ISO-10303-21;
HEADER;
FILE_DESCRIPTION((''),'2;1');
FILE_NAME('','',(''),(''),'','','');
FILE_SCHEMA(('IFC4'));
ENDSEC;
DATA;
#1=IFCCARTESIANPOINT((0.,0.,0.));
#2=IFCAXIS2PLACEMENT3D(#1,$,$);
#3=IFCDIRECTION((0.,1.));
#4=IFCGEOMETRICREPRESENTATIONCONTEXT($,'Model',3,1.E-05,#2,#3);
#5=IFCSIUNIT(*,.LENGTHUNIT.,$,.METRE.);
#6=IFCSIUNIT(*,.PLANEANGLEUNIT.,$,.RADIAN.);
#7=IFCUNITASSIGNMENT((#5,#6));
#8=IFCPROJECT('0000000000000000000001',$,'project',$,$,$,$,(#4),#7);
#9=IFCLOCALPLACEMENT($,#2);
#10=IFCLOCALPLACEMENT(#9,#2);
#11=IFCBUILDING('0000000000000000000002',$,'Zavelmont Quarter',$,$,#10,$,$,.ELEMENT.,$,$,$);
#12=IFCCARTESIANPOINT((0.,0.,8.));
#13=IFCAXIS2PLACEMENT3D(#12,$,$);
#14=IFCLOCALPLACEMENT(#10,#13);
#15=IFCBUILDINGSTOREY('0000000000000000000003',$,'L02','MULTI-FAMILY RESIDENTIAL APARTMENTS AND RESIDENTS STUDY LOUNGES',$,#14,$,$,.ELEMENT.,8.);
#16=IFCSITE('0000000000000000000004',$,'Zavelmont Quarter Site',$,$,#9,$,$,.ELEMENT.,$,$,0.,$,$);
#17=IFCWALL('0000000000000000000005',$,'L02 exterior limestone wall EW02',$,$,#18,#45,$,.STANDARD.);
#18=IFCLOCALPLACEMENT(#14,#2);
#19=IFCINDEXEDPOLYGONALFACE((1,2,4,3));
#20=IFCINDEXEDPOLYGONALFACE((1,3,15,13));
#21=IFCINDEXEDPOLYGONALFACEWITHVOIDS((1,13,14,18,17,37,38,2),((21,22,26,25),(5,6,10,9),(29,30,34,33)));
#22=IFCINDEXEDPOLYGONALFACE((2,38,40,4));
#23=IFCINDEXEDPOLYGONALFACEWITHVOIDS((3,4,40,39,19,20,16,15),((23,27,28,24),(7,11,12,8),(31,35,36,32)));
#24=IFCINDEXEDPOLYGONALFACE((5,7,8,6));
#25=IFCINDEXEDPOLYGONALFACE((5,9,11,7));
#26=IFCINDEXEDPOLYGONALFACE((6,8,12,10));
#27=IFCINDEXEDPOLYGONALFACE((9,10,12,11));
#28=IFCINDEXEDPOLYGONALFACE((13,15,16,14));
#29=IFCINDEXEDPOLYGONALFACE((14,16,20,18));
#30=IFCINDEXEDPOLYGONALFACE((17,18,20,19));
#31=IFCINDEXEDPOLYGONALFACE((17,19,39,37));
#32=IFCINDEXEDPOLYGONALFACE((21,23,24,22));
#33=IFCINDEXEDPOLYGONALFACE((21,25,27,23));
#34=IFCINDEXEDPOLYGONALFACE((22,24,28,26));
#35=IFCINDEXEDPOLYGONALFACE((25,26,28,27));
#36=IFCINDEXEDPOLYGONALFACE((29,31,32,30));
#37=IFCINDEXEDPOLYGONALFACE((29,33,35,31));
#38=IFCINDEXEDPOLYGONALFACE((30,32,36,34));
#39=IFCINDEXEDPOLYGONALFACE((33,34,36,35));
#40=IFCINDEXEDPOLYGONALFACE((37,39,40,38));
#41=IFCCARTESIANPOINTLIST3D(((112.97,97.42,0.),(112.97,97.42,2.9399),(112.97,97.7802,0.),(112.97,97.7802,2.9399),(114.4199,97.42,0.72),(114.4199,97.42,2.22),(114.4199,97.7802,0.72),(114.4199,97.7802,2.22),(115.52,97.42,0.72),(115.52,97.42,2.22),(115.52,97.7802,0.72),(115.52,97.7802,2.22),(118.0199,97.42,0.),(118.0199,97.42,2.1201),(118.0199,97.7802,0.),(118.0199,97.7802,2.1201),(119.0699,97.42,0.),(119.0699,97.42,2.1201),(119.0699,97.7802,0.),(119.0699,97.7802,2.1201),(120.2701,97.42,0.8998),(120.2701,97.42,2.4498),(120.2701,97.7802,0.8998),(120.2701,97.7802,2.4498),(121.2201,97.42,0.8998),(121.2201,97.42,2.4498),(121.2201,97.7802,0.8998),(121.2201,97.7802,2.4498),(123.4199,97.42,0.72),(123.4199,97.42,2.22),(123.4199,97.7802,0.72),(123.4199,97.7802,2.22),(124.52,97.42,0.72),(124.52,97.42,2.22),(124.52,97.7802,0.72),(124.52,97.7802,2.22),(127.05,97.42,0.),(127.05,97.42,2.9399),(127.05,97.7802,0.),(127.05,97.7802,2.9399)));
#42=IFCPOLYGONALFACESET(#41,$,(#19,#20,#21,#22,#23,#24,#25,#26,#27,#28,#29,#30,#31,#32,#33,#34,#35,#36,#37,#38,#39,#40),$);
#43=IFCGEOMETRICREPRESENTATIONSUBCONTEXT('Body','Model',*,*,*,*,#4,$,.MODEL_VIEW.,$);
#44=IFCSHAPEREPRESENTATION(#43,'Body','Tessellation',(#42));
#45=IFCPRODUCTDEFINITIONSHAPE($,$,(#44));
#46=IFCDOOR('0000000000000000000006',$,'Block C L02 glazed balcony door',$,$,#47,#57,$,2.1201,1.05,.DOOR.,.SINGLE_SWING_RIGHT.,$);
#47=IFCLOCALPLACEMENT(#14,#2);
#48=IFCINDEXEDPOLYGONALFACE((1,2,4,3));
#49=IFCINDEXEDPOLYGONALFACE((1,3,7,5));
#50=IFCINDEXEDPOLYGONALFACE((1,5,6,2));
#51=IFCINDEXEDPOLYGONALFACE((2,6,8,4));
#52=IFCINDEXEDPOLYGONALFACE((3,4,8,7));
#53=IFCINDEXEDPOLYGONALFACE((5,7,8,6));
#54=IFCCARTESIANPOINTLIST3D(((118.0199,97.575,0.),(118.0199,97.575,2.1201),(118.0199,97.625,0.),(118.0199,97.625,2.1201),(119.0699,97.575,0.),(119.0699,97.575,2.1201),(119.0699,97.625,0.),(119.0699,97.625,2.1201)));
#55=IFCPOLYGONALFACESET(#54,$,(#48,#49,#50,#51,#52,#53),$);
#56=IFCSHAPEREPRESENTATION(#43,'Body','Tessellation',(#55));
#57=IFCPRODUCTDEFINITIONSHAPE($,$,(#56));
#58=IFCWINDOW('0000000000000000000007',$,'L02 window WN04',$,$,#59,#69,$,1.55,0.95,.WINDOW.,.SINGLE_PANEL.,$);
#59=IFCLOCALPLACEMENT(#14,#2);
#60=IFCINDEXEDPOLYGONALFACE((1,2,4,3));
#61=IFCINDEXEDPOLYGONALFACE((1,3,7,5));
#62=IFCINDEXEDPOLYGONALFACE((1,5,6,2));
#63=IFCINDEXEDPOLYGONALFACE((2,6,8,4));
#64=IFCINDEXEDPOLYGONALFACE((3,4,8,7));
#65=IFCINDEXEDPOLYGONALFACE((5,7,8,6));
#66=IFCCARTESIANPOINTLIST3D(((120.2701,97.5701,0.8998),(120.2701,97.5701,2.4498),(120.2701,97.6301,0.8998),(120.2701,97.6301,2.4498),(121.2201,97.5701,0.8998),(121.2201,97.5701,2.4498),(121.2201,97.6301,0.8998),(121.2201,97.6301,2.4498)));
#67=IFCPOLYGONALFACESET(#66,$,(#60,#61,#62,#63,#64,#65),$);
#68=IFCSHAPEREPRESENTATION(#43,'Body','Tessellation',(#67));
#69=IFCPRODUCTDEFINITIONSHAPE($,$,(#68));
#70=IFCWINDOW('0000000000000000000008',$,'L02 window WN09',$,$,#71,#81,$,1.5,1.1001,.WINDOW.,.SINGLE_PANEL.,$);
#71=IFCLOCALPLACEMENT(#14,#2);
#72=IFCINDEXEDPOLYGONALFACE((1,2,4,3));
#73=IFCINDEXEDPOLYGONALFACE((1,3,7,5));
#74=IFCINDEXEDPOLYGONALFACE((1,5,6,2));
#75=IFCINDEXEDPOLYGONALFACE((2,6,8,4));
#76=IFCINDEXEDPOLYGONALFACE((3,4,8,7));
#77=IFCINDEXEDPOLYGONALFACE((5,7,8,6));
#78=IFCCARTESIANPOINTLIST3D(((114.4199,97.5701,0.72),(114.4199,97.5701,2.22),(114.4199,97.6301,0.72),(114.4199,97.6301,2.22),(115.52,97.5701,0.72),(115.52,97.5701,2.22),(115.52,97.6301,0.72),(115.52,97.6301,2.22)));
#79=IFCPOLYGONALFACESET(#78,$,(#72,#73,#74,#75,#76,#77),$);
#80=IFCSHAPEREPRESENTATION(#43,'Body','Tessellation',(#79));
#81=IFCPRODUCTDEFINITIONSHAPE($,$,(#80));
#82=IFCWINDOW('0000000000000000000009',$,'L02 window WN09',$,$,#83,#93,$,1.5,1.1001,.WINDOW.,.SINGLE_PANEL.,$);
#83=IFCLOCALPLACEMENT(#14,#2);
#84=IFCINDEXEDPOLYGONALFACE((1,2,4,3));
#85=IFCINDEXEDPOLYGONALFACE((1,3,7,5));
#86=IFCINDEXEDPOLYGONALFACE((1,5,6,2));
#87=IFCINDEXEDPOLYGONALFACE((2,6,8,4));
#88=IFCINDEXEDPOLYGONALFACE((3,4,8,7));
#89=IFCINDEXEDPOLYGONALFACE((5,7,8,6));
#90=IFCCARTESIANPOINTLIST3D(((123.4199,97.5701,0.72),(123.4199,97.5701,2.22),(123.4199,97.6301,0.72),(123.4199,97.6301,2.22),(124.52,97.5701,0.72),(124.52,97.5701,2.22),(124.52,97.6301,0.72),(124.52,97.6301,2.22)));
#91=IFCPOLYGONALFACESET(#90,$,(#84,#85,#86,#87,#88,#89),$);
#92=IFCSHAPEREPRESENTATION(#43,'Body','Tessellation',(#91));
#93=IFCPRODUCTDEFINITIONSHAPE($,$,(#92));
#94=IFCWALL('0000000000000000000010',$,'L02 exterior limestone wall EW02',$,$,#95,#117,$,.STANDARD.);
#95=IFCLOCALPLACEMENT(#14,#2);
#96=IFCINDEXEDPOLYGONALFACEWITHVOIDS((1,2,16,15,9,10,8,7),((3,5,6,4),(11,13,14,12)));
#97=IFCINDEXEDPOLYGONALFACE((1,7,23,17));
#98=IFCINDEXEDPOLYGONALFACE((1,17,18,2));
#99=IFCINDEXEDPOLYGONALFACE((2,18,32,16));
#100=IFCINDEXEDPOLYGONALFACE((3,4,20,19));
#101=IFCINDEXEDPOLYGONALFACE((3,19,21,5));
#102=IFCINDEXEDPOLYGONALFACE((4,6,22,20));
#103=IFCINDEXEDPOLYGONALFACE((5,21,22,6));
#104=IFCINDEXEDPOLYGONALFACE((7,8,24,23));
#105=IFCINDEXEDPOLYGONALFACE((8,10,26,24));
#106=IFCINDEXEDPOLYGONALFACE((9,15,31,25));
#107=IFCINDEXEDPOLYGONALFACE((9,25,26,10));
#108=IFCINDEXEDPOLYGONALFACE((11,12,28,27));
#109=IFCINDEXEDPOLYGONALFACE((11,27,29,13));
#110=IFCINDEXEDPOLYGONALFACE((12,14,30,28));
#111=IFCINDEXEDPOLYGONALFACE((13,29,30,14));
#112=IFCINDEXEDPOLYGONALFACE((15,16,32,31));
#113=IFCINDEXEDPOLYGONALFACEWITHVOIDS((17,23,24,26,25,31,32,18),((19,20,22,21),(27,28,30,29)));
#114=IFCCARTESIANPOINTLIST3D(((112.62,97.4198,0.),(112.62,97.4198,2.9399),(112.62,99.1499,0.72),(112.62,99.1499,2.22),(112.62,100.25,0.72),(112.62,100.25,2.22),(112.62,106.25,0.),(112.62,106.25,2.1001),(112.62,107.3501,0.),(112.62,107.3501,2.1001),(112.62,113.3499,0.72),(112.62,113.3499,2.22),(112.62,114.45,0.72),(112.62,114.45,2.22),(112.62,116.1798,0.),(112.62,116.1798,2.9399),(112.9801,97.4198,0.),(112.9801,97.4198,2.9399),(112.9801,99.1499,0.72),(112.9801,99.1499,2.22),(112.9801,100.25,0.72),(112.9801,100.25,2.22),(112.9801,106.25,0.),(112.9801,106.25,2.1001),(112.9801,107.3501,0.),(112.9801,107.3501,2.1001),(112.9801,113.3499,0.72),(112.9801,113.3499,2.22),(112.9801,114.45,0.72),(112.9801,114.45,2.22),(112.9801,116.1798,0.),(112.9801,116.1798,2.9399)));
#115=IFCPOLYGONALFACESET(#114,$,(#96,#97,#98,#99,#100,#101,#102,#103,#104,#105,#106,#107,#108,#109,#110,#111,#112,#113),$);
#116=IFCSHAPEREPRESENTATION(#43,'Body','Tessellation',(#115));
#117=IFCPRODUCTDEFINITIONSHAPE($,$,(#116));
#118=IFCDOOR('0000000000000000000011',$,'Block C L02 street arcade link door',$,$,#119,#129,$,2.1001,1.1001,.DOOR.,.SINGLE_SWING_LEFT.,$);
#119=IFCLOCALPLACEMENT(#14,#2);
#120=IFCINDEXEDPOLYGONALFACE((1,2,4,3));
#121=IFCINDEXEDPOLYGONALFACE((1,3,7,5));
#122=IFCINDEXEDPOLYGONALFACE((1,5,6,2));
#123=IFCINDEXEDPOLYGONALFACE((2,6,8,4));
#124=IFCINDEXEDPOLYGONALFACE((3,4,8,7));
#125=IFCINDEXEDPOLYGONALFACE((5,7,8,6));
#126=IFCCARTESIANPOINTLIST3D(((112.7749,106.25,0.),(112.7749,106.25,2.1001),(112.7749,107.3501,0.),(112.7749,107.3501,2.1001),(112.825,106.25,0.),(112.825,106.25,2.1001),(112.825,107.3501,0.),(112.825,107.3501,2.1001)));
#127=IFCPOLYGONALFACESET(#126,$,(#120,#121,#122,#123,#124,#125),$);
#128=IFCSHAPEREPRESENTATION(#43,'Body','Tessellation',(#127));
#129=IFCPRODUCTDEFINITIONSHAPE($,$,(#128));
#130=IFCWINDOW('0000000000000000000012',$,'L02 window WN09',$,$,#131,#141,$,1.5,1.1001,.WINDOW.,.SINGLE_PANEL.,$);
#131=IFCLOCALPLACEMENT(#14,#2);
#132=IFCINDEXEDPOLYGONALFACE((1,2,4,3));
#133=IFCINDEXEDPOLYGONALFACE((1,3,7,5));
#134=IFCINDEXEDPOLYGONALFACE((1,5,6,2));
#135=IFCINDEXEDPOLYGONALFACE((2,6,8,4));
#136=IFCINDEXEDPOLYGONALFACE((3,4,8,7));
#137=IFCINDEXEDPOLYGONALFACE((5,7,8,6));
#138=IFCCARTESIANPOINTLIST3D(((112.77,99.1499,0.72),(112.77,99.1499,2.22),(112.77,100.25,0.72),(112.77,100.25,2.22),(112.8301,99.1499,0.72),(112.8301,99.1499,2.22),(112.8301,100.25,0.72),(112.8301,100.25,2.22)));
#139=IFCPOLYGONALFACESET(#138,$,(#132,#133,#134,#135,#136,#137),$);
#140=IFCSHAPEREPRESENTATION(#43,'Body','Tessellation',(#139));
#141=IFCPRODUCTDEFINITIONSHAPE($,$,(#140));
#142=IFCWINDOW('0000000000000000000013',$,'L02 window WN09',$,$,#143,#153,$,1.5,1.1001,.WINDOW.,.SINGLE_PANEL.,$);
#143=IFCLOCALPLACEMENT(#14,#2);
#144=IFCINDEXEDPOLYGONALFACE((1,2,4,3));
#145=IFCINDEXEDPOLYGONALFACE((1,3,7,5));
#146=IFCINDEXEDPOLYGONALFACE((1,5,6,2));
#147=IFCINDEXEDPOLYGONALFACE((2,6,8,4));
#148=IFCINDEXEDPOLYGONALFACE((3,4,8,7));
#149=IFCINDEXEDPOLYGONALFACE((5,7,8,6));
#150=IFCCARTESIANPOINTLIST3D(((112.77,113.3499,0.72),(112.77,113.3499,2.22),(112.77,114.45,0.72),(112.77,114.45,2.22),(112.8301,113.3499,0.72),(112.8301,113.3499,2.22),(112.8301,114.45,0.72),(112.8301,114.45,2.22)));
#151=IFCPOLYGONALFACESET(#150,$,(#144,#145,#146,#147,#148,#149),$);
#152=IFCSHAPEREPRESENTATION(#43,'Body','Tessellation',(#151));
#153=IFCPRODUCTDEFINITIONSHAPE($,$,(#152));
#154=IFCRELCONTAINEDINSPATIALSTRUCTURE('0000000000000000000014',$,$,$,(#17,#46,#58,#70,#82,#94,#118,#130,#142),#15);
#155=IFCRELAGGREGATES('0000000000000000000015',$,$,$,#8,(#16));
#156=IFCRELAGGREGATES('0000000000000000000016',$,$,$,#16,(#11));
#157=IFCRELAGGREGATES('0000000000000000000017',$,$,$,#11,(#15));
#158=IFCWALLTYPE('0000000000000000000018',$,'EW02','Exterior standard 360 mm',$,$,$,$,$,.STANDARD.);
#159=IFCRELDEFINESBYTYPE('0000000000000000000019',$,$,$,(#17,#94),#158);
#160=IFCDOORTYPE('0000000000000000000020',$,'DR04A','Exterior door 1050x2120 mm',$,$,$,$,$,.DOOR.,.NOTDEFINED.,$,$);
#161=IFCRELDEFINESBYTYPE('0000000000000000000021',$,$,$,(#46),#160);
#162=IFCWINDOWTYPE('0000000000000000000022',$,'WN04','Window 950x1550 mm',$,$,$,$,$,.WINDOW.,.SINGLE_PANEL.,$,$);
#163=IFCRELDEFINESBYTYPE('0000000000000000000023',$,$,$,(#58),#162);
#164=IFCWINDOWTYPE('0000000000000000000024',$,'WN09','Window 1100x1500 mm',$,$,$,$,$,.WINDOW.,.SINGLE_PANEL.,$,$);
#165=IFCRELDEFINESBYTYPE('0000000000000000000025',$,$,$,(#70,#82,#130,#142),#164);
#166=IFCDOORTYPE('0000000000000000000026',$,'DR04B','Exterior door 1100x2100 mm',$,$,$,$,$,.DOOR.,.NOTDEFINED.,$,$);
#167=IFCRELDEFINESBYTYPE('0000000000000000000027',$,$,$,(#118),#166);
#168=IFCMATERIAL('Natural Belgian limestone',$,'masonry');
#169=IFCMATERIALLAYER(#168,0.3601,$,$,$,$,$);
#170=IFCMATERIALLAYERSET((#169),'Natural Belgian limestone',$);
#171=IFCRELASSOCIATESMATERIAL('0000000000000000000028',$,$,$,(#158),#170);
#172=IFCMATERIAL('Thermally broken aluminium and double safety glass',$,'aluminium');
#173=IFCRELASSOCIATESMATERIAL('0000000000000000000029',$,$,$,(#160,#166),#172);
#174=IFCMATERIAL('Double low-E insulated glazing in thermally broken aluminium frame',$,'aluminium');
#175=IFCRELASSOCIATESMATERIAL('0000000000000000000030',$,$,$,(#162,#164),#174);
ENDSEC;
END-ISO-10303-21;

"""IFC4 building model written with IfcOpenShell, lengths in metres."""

from ifc_helpers import new_model, si_unit, direction, frame, frame_2d, origin, origin_with_axes, place, context, subcontext, project, spatial, rectangle, extrude, material, layer, layer_set, type_object, element, fill, save


model = new_model("IFC4")

# Units and contexts
model_context = context("Model", 3, precision=1e-05, world=origin(), true_north=direction((0.0, 1.0)))
body_context = subcontext(model_context, "Body", "Model", "MODEL_VIEW")
ifc_project = project(units=[si_unit("LENGTHUNIT", "METRE"), si_unit("PLANEANGLEUNIT", "RADIAN")], contexts=[model_context])

# Site, building, storey
site_placement = place(None, origin())
site = spatial("IfcSite", under=ifc_project, at=site_placement, Name="Zavelmont Quarter Site", CompositionType="ELEMENT", RefElevation=0.0)
building_placement = place(site_placement, origin())
building = spatial("IfcBuilding", under=site, at=building_placement, Name="Zavelmont Quarter", CompositionType="ELEMENT")
storey_placement = place(building_placement, frame((0.0, 0.0, 8.0)))
storey = spatial("IfcBuildingStorey", under=building, at=storey_placement, Name="L02", Description="MULTI-FAMILY RESIDENTIAL APARTMENTS AND RESIDENTS STUDY LOUNGES", CompositionType="ELEMENT", Elevation=8.0)

# Walls, openings, doors, windows
ifc_material_1 = material(Name="Natural Belgian limestone", Category="masonry")
ifc_layer_1 = layer(ifc_material_1, 0.3601)
ifc_layer_set_1 = layer_set([ifc_layer_1], Name="Natural Belgian limestone")
wall_type = type_object("IfcWallType", Name="EW02", Description="Exterior standard 360 mm", PredefinedType="STANDARD", material=ifc_layer_set_1)
wall_1_placement = place(storey_placement, frame((112.97, 97.6001, 0.0), z_axis=(0.0, 0.0, 1.0), x_axis=(1.0, 0.0, 0.0)))
wall_1 = element("IfcWall", 1, at=wall_1_placement, inside=storey, type_object=wall_type, Name="L02 exterior limestone wall EW02", PredefinedType="STANDARD", context=body_context, shape_type="SweptSolid", body=[
    extrude(rectangle(XDim=14.0801, YDim=0.3601, at=frame_2d((7.04, 0.0))), origin(), (0.0, 0.0, 1.0), 2.9399),
])
opening_1_placement = place(wall_1_placement, frame((5.05, 0.0, 0.0)))
opening_1 = element("IfcOpeningElement", 2, at=opening_1_placement, cuts=wall_1, PredefinedType="OPENING", context=body_context, shape_type="SweptSolid", body=[
    extrude(rectangle(XDim=1.05, YDim=2.1201, at=frame_2d((0.5249, 1.0601))), frame((0.0, 0.1919, 0.0), z_axis=(0.0, -1.0, 0.0), x_axis=(1.0, 0.0, 0.0)), (0.0, 0.0, 1.0), 0.384),
])
opening_2_placement = place(wall_1_placement, frame((1.45, 0.0, 0.72)))
opening_2 = element("IfcOpeningElement", 3, at=opening_2_placement, cuts=wall_1, PredefinedType="OPENING", context=body_context, shape_type="SweptSolid", body=[
    extrude(rectangle(XDim=1.1001, YDim=1.5, at=frame_2d((0.55, 0.75))), frame((0.0, 0.1919, 0.0), z_axis=(0.0, -1.0, 0.0), x_axis=(1.0, 0.0, 0.0)), (0.0, 0.0, 1.0), 0.384),
])
opening_3_placement = place(wall_1_placement, frame((7.3, 0.0, 0.8999)))
opening_3 = element("IfcOpeningElement", 4, at=opening_3_placement, cuts=wall_1, PredefinedType="OPENING", context=body_context, shape_type="SweptSolid", body=[
    extrude(rectangle(XDim=0.95, YDim=1.55, at=frame_2d((0.4751, 0.7749))), frame((0.0, 0.1919, 0.0), z_axis=(0.0, -1.0, 0.0), x_axis=(1.0, 0.0, 0.0)), (0.0, 0.0, 1.0), 0.384),
])
opening_4_placement = place(wall_1_placement, frame((10.45, 0.0, 0.72)))
opening_4 = element("IfcOpeningElement", 5, at=opening_4_placement, cuts=wall_1, PredefinedType="OPENING", context=body_context, shape_type="SweptSolid", body=[
    extrude(rectangle(XDim=1.1001, YDim=1.5, at=frame_2d((0.55, 0.75))), frame((0.0, 0.1919, 0.0), z_axis=(0.0, -1.0, 0.0), x_axis=(1.0, 0.0, 0.0)), (0.0, 0.0, 1.0), 0.384),
])
ifc_material_2 = material(Name="Thermally broken aluminium and double safety glass", Category="aluminium")
door_type_1 = type_object("IfcDoorType", Name="DR04A", Description="Exterior door 1050x2120 mm", OperationType="NOTDEFINED", PredefinedType="DOOR", material=ifc_material_2)
door_1_placement = place(opening_1_placement, origin_with_axes())
door_1 = element("IfcDoor", 6, at=door_1_placement, inside=storey, type_object=door_type_1, Name="Block C L02 glazed balcony door", OperationType="SINGLE_SWING_RIGHT", OverallHeight=2.1201, OverallWidth=1.05, PredefinedType="DOOR", context=body_context, shape_type="SweptSolid", body=[
    extrude(rectangle(XDim=1.05, YDim=2.1201, at=frame_2d((0.5249, 1.0601))), frame((0.0, 0.0249, 0.0), z_axis=(0.0, -1.0, 0.0), x_axis=(1.0, 0.0, 0.0)), (0.0, 0.0, 1.0), 0.05),
])
fill(opening_1, door_1)
ifc_material_3 = material(Name="Double low-E insulated glazing in thermally broken aluminium frame", Category="aluminium")
window_type_1 = type_object("IfcWindowType", Name="WN04", Description="Window 950x1550 mm", PartitioningType="SINGLE_PANEL", PredefinedType="WINDOW", material=ifc_material_3)
window_1_placement = place(opening_3_placement, origin_with_axes())
window_1 = element("IfcWindow", 7, at=window_1_placement, inside=storey, type_object=window_type_1, Name="L02 window WN04", OverallHeight=1.55, OverallWidth=0.95, PartitioningType="SINGLE_PANEL", PredefinedType="WINDOW", context=body_context, shape_type="SweptSolid", body=[
    extrude(rectangle(XDim=0.95, YDim=1.55, at=frame_2d((0.4751, 0.7749))), frame((0.0, 0.03, 0.0), z_axis=(0.0, -1.0, 0.0), x_axis=(1.0, 0.0, 0.0)), (0.0, 0.0, 1.0), 0.0601),
])
fill(opening_3, window_1)
window_type_2 = type_object("IfcWindowType", Name="WN09", Description="Window 1100x1500 mm", PartitioningType="SINGLE_PANEL", PredefinedType="WINDOW", material=ifc_material_3)
window_2_placement = place(opening_2_placement, origin_with_axes())
window_2 = element("IfcWindow", 8, at=window_2_placement, inside=storey, type_object=window_type_2, Name="L02 window WN09", OverallHeight=1.5, OverallWidth=1.1001, PartitioningType="SINGLE_PANEL", PredefinedType="WINDOW", context=body_context, shape_type="SweptSolid", body=[
    extrude(rectangle(XDim=1.1001, YDim=1.5, at=frame_2d((0.55, 0.75))), frame((0.0, 0.03, 0.0), z_axis=(0.0, -1.0, 0.0), x_axis=(1.0, 0.0, 0.0)), (0.0, 0.0, 1.0), 0.0601),
])
fill(opening_2, window_2)
window_3_placement = place(opening_4_placement, origin_with_axes())
window_3 = element("IfcWindow", 9, at=window_3_placement, inside=storey, type_object=window_type_2, Name="L02 window WN09", OverallHeight=1.5, OverallWidth=1.1001, PartitioningType="SINGLE_PANEL", PredefinedType="WINDOW", context=body_context, shape_type="SweptSolid", body=[
    extrude(rectangle(XDim=1.1001, YDim=1.5, at=frame_2d((0.55, 0.75))), frame((0.0, 0.03, 0.0), z_axis=(0.0, -1.0, 0.0), x_axis=(1.0, 0.0, 0.0)), (0.0, 0.0, 1.0), 0.0601),
])
fill(opening_4, window_3)
wall_2_placement = place(storey_placement, frame((112.8, 97.4199, 0.0), z_axis=(0.0, 0.0, 1.0), x_axis=(0.0, 1.0, 0.0)))
wall_2 = element("IfcWall", 10, at=wall_2_placement, inside=storey, type_object=wall_type, Name="L02 exterior limestone wall EW02", PredefinedType="STANDARD", context=body_context, shape_type="SweptSolid", body=[
    extrude(rectangle(XDim=18.76, YDim=0.3601, at=frame_2d((9.3799, 0.0))), origin(), (0.0, 0.0, 1.0), 2.9399),
])
opening_5_placement = place(wall_2_placement, frame((8.8301, 0.0, 0.0)))
opening_5 = element("IfcOpeningElement", 11, at=opening_5_placement, cuts=wall_2, PredefinedType="OPENING", context=body_context, shape_type="SweptSolid", body=[
    extrude(rectangle(XDim=1.1001, YDim=2.1001, at=frame_2d((0.55, 1.05))), frame((0.0, 0.1919, 0.0), z_axis=(0.0, -1.0, 0.0), x_axis=(1.0, 0.0, 0.0)), (0.0, 0.0, 1.0), 0.384),
])
opening_6_placement = place(wall_2_placement, frame((1.73, 0.0, 0.72)))
opening_6 = element("IfcOpeningElement", 12, at=opening_6_placement, cuts=wall_2, PredefinedType="OPENING", context=body_context, shape_type="SweptSolid", body=[
    extrude(rectangle(XDim=1.1001, YDim=1.5, at=frame_2d((0.55, 0.75))), frame((0.0, 0.1919, 0.0), z_axis=(0.0, -1.0, 0.0), x_axis=(1.0, 0.0, 0.0)), (0.0, 0.0, 1.0), 0.384),
])
opening_7_placement = place(wall_2_placement, frame((15.9299, 0.0, 0.72)))
opening_7 = element("IfcOpeningElement", 13, at=opening_7_placement, cuts=wall_2, PredefinedType="OPENING", context=body_context, shape_type="SweptSolid", body=[
    extrude(rectangle(XDim=1.1001, YDim=1.5, at=frame_2d((0.55, 0.75))), frame((0.0, 0.1919, 0.0), z_axis=(0.0, -1.0, 0.0), x_axis=(1.0, 0.0, 0.0)), (0.0, 0.0, 1.0), 0.384),
])
door_type_2 = type_object("IfcDoorType", Name="DR04B", Description="Exterior door 1100x2100 mm", OperationType="NOTDEFINED", PredefinedType="DOOR", material=ifc_material_2)
door_2_placement = place(opening_5_placement, frame((1.1001, 0.0, 0.0), z_axis=(0.0, 0.0, 1.0), x_axis=(-1.0, 0.0, 0.0)))
door_2 = element("IfcDoor", 14, at=door_2_placement, inside=storey, type_object=door_type_2, Name="Block C L02 street arcade link door", OperationType="SINGLE_SWING_LEFT", OverallHeight=2.1001, OverallWidth=1.1001, PredefinedType="DOOR", context=body_context, shape_type="SweptSolid", body=[
    extrude(rectangle(XDim=1.1001, YDim=2.1001, at=frame_2d((0.55, 1.05))), frame((0.0, 0.0249, 0.0), z_axis=(0.0, -1.0, 0.0), x_axis=(1.0, 0.0, 0.0)), (0.0, 0.0, 1.0), 0.05),
])
fill(opening_5, door_2)
window_4_placement = place(opening_6_placement, origin_with_axes())
window_4 = element("IfcWindow", 15, at=window_4_placement, inside=storey, type_object=window_type_2, Name="L02 window WN09", OverallHeight=1.5, OverallWidth=1.1001, PartitioningType="SINGLE_PANEL", PredefinedType="WINDOW", context=body_context, shape_type="SweptSolid", body=[
    extrude(rectangle(XDim=1.1001, YDim=1.5, at=frame_2d((0.55, 0.75))), frame((0.0, 0.03, 0.0), z_axis=(0.0, -1.0, 0.0), x_axis=(1.0, 0.0, 0.0)), (0.0, 0.0, 1.0), 0.0601),
])
fill(opening_6, window_4)
window_5_placement = place(opening_7_placement, origin_with_axes())
window_5 = element("IfcWindow", 16, at=window_5_placement, inside=storey, type_object=window_type_2, Name="L02 window WN09", OverallHeight=1.5, OverallWidth=1.1001, PartitioningType="SINGLE_PANEL", PredefinedType="WINDOW", context=body_context, shape_type="SweptSolid", body=[
    extrude(rectangle(XDim=1.1001, YDim=1.5, at=frame_2d((0.55, 0.75))), frame((0.0, 0.03, 0.0), z_axis=(0.0, -1.0, 0.0), x_axis=(1.0, 0.0, 0.0)), (0.0, 0.0, 1.0), 0.0601),
])
fill(opening_7, window_5)

save(model, "model.ifc")
